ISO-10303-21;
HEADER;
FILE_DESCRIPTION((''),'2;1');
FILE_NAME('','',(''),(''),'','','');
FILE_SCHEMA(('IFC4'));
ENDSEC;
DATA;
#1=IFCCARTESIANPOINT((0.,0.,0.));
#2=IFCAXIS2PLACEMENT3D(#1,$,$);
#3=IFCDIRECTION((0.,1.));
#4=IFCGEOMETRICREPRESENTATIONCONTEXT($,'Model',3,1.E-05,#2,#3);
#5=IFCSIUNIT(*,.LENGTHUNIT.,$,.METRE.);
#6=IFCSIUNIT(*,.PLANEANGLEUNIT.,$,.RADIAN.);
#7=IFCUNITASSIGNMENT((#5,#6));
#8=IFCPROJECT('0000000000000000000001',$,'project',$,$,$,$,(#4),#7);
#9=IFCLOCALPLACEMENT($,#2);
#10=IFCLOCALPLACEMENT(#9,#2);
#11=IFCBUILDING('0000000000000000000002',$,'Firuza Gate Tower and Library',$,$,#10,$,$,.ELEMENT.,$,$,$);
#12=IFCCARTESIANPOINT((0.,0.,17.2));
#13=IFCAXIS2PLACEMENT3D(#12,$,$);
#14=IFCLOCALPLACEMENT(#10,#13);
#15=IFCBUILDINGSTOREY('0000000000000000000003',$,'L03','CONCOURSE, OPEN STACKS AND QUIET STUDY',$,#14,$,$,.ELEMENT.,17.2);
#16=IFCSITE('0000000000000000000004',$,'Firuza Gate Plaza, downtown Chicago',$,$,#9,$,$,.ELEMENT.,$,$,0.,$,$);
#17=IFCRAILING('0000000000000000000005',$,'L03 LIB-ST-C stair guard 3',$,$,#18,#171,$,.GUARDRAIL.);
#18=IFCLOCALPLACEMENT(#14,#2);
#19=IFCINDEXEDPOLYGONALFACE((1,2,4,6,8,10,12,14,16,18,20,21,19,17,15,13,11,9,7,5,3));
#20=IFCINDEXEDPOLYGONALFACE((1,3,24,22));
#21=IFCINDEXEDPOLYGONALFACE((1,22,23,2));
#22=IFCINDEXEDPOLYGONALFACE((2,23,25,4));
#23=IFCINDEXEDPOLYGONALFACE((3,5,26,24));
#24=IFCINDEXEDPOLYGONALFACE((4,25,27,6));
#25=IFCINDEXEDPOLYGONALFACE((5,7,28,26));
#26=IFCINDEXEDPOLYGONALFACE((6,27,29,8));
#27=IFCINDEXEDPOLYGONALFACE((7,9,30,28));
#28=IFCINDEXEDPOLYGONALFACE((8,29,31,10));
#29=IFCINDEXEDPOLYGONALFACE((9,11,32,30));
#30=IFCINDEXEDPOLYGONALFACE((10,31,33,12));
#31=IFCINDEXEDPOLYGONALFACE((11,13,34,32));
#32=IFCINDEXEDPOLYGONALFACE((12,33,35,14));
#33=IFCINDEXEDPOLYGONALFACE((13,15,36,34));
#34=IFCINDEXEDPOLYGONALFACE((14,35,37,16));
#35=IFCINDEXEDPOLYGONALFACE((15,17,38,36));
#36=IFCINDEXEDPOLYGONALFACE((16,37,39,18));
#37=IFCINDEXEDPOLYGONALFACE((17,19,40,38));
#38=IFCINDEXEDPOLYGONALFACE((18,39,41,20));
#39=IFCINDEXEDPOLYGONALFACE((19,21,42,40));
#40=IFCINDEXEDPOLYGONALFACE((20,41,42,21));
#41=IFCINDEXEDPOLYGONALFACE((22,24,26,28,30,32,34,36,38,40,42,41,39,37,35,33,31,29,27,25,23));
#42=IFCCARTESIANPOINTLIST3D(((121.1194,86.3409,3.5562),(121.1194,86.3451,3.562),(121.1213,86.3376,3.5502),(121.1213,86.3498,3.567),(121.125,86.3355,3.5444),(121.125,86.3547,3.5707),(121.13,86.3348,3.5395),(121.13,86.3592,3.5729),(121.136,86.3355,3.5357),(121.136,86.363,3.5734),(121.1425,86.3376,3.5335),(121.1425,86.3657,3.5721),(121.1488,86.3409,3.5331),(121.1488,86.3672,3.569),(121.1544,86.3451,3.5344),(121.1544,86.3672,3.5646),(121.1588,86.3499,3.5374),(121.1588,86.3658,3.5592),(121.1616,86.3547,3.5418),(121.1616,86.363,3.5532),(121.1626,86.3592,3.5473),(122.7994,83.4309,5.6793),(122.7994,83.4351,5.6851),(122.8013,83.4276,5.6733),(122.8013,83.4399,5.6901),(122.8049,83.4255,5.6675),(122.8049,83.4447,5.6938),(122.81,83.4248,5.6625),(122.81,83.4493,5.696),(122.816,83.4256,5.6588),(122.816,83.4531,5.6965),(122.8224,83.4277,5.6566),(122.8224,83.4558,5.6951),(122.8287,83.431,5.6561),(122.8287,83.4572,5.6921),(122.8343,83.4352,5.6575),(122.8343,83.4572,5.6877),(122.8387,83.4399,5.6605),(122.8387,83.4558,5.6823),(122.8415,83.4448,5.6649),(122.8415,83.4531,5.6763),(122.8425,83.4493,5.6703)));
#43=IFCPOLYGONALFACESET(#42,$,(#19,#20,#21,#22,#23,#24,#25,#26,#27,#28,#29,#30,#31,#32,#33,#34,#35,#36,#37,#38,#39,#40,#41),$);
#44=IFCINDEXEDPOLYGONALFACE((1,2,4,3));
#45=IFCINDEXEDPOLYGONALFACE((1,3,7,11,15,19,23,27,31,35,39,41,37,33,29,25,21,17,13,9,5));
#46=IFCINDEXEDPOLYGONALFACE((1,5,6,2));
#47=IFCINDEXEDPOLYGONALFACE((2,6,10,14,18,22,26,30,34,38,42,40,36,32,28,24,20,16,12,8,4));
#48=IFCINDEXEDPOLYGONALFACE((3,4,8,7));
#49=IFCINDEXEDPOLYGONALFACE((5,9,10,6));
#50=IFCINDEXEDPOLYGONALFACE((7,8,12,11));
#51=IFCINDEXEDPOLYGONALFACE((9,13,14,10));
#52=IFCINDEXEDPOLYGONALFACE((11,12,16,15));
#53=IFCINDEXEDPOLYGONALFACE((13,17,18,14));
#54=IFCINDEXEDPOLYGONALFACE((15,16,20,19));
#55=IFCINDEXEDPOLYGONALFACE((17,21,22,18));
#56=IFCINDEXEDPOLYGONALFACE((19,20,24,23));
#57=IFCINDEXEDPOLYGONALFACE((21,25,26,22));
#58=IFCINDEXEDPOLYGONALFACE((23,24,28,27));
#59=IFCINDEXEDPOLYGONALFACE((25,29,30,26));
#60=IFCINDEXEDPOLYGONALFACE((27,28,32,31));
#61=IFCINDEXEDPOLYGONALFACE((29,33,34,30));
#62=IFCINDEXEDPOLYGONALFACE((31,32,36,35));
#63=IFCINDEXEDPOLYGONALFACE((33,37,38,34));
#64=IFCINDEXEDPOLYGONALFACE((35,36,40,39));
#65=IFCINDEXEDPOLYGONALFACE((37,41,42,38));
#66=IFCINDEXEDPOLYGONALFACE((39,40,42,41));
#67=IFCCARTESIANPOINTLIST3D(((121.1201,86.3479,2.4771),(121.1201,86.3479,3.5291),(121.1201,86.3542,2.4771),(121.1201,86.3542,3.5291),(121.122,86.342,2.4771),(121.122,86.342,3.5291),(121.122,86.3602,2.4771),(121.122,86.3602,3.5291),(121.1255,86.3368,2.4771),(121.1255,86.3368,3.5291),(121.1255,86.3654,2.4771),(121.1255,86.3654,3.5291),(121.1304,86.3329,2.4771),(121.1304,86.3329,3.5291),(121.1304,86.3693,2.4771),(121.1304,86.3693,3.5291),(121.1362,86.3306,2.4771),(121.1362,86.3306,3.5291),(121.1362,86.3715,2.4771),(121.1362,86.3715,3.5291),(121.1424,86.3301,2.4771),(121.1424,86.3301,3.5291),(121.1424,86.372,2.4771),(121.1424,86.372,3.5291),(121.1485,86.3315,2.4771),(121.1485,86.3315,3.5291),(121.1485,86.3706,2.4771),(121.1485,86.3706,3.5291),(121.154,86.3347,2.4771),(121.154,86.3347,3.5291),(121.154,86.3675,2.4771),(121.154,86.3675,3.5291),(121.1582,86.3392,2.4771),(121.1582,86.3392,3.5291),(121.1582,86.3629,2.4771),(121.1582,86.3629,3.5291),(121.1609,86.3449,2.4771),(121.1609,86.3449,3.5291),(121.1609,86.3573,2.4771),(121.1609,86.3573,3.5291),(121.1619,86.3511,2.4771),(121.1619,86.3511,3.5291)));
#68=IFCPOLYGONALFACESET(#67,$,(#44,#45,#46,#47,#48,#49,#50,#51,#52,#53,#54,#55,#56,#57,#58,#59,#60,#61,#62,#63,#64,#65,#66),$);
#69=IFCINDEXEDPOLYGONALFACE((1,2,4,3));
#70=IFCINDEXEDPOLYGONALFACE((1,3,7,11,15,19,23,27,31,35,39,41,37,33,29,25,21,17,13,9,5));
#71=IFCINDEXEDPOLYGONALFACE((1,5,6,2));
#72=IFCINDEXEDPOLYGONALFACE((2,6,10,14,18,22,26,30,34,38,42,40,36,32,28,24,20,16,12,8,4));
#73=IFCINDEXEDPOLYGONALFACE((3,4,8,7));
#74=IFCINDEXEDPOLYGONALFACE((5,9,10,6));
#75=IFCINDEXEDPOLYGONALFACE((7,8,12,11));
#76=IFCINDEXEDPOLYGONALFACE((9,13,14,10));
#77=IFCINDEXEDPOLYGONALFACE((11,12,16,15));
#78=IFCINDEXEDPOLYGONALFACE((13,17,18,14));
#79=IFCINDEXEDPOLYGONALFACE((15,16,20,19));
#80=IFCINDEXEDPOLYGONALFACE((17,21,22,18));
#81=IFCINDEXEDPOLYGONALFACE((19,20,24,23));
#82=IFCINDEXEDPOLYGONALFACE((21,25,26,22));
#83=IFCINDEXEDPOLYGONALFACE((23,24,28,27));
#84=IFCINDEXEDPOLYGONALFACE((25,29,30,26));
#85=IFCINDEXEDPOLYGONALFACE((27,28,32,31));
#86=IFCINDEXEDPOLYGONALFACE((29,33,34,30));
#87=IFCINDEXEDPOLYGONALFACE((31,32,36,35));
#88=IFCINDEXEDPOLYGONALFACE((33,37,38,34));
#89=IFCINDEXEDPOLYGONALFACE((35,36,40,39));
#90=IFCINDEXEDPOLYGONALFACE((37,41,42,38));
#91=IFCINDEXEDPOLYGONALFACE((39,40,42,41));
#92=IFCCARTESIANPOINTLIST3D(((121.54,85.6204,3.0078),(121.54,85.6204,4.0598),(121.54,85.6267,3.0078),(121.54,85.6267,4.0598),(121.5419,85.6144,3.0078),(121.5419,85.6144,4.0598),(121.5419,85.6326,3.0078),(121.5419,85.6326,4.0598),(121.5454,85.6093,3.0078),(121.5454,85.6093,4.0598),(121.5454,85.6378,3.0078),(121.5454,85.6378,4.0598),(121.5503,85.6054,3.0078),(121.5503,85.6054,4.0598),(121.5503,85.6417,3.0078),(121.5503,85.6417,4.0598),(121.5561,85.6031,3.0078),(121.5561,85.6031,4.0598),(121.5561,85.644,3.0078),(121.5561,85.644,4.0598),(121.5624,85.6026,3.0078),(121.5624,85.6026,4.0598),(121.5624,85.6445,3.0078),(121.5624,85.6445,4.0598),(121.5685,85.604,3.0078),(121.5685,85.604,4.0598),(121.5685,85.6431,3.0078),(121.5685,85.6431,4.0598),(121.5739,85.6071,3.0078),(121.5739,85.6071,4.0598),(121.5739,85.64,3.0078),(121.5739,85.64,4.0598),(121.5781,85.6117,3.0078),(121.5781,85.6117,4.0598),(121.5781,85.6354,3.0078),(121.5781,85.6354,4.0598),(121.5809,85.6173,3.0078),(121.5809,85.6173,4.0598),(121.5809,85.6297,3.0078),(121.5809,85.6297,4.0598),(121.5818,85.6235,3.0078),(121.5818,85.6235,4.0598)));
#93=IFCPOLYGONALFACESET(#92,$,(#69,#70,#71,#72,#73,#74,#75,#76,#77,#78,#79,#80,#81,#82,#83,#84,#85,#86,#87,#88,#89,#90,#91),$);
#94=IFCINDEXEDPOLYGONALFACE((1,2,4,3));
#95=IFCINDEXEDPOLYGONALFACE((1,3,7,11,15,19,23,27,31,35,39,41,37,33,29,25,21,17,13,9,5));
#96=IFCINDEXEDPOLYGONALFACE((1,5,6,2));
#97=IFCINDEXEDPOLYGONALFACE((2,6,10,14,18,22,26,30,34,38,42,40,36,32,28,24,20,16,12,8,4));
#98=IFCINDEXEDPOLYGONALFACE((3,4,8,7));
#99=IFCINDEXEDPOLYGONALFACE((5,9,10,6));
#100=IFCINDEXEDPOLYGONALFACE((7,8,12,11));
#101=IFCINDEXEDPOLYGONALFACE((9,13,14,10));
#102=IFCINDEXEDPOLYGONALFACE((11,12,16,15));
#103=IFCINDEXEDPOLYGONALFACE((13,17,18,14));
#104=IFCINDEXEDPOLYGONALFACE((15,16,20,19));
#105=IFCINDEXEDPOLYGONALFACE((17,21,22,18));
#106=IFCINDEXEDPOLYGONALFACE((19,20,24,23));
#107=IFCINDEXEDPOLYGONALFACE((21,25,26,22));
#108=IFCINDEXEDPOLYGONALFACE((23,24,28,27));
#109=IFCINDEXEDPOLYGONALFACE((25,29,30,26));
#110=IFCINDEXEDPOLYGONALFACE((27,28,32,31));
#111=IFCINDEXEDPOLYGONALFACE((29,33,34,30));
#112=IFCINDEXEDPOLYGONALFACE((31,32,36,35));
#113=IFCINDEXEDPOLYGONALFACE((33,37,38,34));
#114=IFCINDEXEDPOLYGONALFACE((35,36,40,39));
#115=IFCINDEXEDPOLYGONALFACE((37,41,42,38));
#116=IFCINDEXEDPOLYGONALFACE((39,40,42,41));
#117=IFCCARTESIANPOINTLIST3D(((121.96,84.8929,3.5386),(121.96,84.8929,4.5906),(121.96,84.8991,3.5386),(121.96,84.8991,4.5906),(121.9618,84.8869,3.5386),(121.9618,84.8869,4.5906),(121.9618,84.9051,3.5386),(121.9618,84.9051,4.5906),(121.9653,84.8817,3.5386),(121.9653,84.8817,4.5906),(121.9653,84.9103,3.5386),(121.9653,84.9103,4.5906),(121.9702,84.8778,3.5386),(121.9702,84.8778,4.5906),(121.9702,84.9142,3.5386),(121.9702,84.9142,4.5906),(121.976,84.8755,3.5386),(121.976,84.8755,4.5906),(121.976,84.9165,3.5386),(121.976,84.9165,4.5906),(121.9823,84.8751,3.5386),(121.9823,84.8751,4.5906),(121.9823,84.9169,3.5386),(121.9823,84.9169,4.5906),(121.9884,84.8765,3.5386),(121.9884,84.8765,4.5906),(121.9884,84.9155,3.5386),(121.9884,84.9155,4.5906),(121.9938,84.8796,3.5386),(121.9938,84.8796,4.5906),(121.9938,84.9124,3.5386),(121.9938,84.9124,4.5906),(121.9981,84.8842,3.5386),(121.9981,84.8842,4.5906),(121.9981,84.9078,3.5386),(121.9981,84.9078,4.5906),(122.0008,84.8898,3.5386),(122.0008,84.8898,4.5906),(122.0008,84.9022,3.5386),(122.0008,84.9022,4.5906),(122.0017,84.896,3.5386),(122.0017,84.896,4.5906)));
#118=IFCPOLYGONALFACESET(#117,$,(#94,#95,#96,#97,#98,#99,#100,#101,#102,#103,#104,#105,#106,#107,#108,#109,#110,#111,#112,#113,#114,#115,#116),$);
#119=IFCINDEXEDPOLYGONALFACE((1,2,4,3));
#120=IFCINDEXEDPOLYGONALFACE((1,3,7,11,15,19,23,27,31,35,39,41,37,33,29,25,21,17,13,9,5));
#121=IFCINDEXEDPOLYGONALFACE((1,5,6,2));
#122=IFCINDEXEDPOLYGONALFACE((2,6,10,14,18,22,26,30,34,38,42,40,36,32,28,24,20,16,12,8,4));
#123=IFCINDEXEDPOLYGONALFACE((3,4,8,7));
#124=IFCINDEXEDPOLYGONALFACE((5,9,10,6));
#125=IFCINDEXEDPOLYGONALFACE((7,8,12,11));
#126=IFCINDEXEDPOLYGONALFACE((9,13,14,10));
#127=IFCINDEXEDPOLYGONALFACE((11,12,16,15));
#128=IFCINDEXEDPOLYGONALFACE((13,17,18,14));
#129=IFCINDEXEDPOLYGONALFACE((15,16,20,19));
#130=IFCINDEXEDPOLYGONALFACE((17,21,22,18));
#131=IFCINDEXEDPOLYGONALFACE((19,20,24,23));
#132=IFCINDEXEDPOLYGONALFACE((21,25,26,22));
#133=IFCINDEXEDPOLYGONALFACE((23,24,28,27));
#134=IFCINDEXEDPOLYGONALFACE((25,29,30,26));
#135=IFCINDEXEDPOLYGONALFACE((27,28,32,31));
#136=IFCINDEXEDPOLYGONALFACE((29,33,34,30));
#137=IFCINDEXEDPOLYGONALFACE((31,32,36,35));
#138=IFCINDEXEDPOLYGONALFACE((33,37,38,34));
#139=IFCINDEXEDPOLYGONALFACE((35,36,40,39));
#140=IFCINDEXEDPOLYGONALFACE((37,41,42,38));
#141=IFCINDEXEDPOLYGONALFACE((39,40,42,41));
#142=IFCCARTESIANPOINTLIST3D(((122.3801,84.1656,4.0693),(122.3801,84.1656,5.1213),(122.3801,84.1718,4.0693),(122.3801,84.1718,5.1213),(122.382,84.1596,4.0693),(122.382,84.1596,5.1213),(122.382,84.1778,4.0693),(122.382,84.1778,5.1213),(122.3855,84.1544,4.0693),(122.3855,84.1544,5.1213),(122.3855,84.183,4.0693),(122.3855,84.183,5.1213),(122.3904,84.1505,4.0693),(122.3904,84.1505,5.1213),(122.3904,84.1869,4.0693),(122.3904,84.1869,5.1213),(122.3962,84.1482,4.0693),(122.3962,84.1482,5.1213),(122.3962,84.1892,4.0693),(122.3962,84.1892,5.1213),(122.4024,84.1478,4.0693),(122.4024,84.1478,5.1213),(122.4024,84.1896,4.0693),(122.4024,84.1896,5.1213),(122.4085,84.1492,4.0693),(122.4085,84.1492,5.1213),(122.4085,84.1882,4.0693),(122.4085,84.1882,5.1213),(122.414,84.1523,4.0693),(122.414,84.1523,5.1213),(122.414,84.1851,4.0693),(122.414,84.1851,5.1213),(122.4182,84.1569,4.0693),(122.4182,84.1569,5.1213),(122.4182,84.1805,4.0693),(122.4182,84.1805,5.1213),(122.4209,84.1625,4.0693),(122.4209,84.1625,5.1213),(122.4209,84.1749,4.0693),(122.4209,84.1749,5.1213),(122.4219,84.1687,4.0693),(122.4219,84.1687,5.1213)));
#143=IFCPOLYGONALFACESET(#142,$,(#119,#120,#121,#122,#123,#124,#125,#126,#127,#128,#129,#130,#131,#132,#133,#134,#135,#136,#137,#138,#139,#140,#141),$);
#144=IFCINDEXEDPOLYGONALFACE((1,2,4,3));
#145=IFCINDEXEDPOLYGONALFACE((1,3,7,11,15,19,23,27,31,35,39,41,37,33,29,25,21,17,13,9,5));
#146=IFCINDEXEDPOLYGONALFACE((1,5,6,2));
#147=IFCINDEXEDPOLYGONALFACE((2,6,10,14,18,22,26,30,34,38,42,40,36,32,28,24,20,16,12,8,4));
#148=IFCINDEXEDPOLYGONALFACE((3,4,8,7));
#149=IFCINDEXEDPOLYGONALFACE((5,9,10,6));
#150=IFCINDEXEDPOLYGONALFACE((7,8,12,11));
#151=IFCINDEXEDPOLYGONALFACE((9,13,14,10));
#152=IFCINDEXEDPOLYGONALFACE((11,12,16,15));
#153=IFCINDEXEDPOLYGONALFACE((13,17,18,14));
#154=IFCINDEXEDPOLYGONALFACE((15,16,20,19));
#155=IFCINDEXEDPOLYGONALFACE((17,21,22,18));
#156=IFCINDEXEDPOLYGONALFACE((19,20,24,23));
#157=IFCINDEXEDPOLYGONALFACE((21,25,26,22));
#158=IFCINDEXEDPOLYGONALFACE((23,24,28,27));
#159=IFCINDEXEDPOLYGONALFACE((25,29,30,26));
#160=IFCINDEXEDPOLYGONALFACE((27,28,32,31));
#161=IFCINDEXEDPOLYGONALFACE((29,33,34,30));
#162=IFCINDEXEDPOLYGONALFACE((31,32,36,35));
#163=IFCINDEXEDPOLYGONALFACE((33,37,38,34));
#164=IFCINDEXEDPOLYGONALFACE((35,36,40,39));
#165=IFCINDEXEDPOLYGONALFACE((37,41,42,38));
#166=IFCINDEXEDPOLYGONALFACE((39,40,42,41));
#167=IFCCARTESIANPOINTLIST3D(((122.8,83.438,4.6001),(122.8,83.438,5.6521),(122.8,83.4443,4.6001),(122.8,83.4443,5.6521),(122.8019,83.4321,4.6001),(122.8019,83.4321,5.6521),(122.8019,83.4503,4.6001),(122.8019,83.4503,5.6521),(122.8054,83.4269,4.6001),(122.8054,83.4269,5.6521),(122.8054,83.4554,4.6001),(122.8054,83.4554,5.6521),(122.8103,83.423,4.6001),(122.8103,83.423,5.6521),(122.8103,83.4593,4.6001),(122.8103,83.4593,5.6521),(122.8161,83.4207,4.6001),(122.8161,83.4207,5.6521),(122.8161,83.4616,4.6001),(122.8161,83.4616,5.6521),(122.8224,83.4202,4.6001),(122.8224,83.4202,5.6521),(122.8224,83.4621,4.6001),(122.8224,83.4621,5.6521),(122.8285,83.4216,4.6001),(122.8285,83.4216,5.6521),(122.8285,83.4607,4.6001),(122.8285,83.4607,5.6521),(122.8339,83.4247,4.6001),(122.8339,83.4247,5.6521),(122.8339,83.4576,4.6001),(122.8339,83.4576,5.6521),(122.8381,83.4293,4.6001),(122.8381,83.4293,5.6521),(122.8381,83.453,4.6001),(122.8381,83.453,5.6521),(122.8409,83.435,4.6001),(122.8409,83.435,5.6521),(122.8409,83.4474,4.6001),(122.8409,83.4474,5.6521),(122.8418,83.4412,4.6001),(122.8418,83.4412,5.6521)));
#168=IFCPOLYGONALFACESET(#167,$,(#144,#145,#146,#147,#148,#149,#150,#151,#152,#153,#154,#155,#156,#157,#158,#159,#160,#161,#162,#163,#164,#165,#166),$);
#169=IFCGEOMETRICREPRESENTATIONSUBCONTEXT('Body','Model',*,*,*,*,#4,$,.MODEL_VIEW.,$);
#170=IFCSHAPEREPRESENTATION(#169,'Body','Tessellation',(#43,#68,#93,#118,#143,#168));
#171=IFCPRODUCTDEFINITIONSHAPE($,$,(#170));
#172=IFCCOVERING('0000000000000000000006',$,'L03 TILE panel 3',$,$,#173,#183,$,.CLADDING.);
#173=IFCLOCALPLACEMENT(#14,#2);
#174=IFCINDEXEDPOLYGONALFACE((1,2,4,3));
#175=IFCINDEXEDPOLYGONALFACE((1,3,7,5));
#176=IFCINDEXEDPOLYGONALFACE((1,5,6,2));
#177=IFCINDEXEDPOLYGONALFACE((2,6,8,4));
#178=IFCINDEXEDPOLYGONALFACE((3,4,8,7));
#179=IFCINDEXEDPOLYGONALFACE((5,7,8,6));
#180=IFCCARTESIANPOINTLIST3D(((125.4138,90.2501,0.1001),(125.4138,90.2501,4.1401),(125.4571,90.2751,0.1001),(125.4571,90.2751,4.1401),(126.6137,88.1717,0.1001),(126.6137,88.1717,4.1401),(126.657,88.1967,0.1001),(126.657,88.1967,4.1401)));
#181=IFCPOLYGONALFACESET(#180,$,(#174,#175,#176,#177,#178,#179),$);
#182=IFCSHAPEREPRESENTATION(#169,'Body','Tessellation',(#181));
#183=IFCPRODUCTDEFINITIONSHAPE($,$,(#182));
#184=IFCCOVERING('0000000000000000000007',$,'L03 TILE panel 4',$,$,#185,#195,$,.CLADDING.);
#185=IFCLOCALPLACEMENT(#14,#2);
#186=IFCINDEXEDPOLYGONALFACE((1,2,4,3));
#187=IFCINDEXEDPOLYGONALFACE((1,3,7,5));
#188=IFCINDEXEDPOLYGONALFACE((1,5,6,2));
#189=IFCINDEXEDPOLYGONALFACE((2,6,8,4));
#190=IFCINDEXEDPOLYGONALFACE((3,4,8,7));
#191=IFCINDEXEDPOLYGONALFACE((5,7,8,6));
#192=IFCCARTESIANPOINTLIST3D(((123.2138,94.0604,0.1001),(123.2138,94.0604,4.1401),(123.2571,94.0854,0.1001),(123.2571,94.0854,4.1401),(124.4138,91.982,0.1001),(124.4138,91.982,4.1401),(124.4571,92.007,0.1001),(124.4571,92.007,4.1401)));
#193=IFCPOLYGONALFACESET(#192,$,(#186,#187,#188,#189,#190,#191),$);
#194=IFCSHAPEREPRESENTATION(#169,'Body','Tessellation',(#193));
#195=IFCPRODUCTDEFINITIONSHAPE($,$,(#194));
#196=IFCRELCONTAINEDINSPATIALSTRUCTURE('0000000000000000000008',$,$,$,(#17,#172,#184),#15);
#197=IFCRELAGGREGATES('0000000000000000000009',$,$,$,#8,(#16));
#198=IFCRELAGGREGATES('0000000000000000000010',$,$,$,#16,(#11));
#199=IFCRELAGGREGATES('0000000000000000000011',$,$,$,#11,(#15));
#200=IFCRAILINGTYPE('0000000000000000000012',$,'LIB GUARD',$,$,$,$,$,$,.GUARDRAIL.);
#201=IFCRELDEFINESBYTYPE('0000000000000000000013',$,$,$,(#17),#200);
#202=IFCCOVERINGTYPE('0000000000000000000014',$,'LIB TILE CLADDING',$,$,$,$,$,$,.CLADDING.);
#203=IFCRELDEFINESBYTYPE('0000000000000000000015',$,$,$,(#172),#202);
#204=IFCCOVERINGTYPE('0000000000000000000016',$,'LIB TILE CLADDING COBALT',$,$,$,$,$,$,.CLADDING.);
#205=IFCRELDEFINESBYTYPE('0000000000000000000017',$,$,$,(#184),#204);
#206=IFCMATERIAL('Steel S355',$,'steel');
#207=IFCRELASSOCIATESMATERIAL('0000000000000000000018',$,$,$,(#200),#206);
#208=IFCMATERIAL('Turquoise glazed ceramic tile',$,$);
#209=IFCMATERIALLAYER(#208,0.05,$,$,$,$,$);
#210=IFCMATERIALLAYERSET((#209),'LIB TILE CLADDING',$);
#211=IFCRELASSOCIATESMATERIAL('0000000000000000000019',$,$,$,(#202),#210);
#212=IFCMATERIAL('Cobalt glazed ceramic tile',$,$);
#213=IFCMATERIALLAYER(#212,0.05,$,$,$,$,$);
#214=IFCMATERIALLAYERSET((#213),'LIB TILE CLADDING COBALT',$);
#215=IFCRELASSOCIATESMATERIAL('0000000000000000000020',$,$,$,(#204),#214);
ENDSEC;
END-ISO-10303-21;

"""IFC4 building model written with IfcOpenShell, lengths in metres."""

from ifc_helpers import new_model, si_unit, direction, frame, origin, origin_2d, place, context, subcontext, project, spatial, rectangle, circle, extrude, material, layer, layer_set, type_object, element, save


model = new_model("IFC4")

# Units and contexts
model_context = context("Model", 3, precision=1e-05, world=origin(), true_north=direction((0.0, 1.0)))
body_context = subcontext(model_context, "Body", "Model", "MODEL_VIEW")
ifc_project = project(units=[si_unit("LENGTHUNIT", "METRE"), si_unit("PLANEANGLEUNIT", "RADIAN")], contexts=[model_context])

# Site, building, storey
site_placement = place(None, origin())
site = spatial("IfcSite", under=ifc_project, at=site_placement, Name="Firuza Gate Plaza, downtown Chicago", CompositionType="ELEMENT", RefElevation=0.0)
building_placement = place(site_placement, origin())
building = spatial("IfcBuilding", under=site, at=building_placement, Name="Firuza Gate Tower and Library", CompositionType="ELEMENT")
storey_placement = place(building_placement, frame((0.0, 0.0, 17.2)))
storey = spatial("IfcBuildingStorey", under=building, at=storey_placement, Name="L03", Description="CONCOURSE, OPEN STACKS AND QUIET STUDY", CompositionType="ELEMENT", Elevation=17.2)

# Railing
ifc_material_1 = material(Name="Steel S355", Category="steel")
railing_type = type_object("IfcRailingType", Name="LIB GUARD", PredefinedType="GUARDRAIL", material=ifc_material_1)
railing_1_placement = place(storey_placement, frame((121.1409, 86.3511, 2.4771)))
element("IfcRailing", 1, at=railing_1_placement, inside=storey, type_object=railing_type, Name="L03 LIB-ST-C stair guard 3", PredefinedType="GUARDRAIL", context=body_context, shape_type="SweptSolid", body=[
    extrude(circle(Radius=0.0239, at=origin_2d()), frame((0.0, 0.0, 1.0762), z_axis=(0.422672, -0.732135, 0.53416), x_axis=(0.866039, 0.499976, 0.0)), (0.0, 0.0, 1.0), 3.9746),
    extrude(circle(Radius=0.021, at=origin_2d()), origin(), (0.0, 0.0, 1.0), 1.052),
    extrude(circle(Radius=0.021, at=origin_2d()), frame((0.4199, -0.7275, 0.5308)), (0.0, 0.0, 1.0), 1.052),
    extrude(circle(Radius=0.021, at=origin_2d()), frame((0.8398, -1.4551, 1.0615)), (0.0, 0.0, 1.0), 1.052),
    extrude(circle(Radius=0.021, at=origin_2d()), frame((1.26, -2.1824, 1.5923)), (0.0, 0.0, 1.0), 1.052),
    extrude(circle(Radius=0.021, at=origin_2d()), frame((1.6799, -2.9099, 2.123)), (0.0, 0.0, 1.0), 1.052),
])

# Coverings
ifc_material_2 = material(Name="Turquoise glazed ceramic tile")
ifc_layer_1 = layer(ifc_material_2, 0.05)
ifc_layer_set_1 = layer_set([ifc_layer_1], Name="LIB TILE CLADDING")
covering_type_1 = type_object("IfcCoveringType", Name="LIB TILE CLADDING", PredefinedType="CLADDING", material=ifc_layer_set_1)
covering_1_placement = place(storey_placement, frame((126.0354, 89.2234, 0.1001), z_axis=(0.0, 0.0, 1.0), x_axis=(-0.5, 0.866025, 0.0)))
element("IfcCovering", 2, at=covering_1_placement, inside=storey, type_object=covering_type_1, Name="L03 TILE panel 3", PredefinedType="CLADDING", context=body_context, shape_type="SweptSolid", body=[
    extrude(rectangle(XDim=2.3999, YDim=0.05, at=origin_2d()), origin(), (0.0, 0.0, 1.0), 4.04),
])
ifc_material_3 = material(Name="Cobalt glazed ceramic tile")
ifc_layer_2 = layer(ifc_material_3, 0.05)
ifc_layer_set_2 = layer_set([ifc_layer_2], Name="LIB TILE CLADDING COBALT")
covering_type_2 = type_object("IfcCoveringType", Name="LIB TILE CLADDING COBALT", PredefinedType="CLADDING", material=ifc_layer_set_2)
covering_2_placement = place(storey_placement, frame((123.8354, 93.0337, 0.1001), z_axis=(0.0, 0.0, 1.0), x_axis=(-0.5, 0.866025, 0.0)))
element("IfcCovering", 3, at=covering_2_placement, inside=storey, type_object=covering_type_2, Name="L03 TILE panel 4", PredefinedType="CLADDING", context=body_context, shape_type="SweptSolid", body=[
    extrude(rectangle(XDim=2.3999, YDim=0.05, at=origin_2d()), origin(), (0.0, 0.0, 1.0), 4.04),
])

save(model, "model.ifc")
